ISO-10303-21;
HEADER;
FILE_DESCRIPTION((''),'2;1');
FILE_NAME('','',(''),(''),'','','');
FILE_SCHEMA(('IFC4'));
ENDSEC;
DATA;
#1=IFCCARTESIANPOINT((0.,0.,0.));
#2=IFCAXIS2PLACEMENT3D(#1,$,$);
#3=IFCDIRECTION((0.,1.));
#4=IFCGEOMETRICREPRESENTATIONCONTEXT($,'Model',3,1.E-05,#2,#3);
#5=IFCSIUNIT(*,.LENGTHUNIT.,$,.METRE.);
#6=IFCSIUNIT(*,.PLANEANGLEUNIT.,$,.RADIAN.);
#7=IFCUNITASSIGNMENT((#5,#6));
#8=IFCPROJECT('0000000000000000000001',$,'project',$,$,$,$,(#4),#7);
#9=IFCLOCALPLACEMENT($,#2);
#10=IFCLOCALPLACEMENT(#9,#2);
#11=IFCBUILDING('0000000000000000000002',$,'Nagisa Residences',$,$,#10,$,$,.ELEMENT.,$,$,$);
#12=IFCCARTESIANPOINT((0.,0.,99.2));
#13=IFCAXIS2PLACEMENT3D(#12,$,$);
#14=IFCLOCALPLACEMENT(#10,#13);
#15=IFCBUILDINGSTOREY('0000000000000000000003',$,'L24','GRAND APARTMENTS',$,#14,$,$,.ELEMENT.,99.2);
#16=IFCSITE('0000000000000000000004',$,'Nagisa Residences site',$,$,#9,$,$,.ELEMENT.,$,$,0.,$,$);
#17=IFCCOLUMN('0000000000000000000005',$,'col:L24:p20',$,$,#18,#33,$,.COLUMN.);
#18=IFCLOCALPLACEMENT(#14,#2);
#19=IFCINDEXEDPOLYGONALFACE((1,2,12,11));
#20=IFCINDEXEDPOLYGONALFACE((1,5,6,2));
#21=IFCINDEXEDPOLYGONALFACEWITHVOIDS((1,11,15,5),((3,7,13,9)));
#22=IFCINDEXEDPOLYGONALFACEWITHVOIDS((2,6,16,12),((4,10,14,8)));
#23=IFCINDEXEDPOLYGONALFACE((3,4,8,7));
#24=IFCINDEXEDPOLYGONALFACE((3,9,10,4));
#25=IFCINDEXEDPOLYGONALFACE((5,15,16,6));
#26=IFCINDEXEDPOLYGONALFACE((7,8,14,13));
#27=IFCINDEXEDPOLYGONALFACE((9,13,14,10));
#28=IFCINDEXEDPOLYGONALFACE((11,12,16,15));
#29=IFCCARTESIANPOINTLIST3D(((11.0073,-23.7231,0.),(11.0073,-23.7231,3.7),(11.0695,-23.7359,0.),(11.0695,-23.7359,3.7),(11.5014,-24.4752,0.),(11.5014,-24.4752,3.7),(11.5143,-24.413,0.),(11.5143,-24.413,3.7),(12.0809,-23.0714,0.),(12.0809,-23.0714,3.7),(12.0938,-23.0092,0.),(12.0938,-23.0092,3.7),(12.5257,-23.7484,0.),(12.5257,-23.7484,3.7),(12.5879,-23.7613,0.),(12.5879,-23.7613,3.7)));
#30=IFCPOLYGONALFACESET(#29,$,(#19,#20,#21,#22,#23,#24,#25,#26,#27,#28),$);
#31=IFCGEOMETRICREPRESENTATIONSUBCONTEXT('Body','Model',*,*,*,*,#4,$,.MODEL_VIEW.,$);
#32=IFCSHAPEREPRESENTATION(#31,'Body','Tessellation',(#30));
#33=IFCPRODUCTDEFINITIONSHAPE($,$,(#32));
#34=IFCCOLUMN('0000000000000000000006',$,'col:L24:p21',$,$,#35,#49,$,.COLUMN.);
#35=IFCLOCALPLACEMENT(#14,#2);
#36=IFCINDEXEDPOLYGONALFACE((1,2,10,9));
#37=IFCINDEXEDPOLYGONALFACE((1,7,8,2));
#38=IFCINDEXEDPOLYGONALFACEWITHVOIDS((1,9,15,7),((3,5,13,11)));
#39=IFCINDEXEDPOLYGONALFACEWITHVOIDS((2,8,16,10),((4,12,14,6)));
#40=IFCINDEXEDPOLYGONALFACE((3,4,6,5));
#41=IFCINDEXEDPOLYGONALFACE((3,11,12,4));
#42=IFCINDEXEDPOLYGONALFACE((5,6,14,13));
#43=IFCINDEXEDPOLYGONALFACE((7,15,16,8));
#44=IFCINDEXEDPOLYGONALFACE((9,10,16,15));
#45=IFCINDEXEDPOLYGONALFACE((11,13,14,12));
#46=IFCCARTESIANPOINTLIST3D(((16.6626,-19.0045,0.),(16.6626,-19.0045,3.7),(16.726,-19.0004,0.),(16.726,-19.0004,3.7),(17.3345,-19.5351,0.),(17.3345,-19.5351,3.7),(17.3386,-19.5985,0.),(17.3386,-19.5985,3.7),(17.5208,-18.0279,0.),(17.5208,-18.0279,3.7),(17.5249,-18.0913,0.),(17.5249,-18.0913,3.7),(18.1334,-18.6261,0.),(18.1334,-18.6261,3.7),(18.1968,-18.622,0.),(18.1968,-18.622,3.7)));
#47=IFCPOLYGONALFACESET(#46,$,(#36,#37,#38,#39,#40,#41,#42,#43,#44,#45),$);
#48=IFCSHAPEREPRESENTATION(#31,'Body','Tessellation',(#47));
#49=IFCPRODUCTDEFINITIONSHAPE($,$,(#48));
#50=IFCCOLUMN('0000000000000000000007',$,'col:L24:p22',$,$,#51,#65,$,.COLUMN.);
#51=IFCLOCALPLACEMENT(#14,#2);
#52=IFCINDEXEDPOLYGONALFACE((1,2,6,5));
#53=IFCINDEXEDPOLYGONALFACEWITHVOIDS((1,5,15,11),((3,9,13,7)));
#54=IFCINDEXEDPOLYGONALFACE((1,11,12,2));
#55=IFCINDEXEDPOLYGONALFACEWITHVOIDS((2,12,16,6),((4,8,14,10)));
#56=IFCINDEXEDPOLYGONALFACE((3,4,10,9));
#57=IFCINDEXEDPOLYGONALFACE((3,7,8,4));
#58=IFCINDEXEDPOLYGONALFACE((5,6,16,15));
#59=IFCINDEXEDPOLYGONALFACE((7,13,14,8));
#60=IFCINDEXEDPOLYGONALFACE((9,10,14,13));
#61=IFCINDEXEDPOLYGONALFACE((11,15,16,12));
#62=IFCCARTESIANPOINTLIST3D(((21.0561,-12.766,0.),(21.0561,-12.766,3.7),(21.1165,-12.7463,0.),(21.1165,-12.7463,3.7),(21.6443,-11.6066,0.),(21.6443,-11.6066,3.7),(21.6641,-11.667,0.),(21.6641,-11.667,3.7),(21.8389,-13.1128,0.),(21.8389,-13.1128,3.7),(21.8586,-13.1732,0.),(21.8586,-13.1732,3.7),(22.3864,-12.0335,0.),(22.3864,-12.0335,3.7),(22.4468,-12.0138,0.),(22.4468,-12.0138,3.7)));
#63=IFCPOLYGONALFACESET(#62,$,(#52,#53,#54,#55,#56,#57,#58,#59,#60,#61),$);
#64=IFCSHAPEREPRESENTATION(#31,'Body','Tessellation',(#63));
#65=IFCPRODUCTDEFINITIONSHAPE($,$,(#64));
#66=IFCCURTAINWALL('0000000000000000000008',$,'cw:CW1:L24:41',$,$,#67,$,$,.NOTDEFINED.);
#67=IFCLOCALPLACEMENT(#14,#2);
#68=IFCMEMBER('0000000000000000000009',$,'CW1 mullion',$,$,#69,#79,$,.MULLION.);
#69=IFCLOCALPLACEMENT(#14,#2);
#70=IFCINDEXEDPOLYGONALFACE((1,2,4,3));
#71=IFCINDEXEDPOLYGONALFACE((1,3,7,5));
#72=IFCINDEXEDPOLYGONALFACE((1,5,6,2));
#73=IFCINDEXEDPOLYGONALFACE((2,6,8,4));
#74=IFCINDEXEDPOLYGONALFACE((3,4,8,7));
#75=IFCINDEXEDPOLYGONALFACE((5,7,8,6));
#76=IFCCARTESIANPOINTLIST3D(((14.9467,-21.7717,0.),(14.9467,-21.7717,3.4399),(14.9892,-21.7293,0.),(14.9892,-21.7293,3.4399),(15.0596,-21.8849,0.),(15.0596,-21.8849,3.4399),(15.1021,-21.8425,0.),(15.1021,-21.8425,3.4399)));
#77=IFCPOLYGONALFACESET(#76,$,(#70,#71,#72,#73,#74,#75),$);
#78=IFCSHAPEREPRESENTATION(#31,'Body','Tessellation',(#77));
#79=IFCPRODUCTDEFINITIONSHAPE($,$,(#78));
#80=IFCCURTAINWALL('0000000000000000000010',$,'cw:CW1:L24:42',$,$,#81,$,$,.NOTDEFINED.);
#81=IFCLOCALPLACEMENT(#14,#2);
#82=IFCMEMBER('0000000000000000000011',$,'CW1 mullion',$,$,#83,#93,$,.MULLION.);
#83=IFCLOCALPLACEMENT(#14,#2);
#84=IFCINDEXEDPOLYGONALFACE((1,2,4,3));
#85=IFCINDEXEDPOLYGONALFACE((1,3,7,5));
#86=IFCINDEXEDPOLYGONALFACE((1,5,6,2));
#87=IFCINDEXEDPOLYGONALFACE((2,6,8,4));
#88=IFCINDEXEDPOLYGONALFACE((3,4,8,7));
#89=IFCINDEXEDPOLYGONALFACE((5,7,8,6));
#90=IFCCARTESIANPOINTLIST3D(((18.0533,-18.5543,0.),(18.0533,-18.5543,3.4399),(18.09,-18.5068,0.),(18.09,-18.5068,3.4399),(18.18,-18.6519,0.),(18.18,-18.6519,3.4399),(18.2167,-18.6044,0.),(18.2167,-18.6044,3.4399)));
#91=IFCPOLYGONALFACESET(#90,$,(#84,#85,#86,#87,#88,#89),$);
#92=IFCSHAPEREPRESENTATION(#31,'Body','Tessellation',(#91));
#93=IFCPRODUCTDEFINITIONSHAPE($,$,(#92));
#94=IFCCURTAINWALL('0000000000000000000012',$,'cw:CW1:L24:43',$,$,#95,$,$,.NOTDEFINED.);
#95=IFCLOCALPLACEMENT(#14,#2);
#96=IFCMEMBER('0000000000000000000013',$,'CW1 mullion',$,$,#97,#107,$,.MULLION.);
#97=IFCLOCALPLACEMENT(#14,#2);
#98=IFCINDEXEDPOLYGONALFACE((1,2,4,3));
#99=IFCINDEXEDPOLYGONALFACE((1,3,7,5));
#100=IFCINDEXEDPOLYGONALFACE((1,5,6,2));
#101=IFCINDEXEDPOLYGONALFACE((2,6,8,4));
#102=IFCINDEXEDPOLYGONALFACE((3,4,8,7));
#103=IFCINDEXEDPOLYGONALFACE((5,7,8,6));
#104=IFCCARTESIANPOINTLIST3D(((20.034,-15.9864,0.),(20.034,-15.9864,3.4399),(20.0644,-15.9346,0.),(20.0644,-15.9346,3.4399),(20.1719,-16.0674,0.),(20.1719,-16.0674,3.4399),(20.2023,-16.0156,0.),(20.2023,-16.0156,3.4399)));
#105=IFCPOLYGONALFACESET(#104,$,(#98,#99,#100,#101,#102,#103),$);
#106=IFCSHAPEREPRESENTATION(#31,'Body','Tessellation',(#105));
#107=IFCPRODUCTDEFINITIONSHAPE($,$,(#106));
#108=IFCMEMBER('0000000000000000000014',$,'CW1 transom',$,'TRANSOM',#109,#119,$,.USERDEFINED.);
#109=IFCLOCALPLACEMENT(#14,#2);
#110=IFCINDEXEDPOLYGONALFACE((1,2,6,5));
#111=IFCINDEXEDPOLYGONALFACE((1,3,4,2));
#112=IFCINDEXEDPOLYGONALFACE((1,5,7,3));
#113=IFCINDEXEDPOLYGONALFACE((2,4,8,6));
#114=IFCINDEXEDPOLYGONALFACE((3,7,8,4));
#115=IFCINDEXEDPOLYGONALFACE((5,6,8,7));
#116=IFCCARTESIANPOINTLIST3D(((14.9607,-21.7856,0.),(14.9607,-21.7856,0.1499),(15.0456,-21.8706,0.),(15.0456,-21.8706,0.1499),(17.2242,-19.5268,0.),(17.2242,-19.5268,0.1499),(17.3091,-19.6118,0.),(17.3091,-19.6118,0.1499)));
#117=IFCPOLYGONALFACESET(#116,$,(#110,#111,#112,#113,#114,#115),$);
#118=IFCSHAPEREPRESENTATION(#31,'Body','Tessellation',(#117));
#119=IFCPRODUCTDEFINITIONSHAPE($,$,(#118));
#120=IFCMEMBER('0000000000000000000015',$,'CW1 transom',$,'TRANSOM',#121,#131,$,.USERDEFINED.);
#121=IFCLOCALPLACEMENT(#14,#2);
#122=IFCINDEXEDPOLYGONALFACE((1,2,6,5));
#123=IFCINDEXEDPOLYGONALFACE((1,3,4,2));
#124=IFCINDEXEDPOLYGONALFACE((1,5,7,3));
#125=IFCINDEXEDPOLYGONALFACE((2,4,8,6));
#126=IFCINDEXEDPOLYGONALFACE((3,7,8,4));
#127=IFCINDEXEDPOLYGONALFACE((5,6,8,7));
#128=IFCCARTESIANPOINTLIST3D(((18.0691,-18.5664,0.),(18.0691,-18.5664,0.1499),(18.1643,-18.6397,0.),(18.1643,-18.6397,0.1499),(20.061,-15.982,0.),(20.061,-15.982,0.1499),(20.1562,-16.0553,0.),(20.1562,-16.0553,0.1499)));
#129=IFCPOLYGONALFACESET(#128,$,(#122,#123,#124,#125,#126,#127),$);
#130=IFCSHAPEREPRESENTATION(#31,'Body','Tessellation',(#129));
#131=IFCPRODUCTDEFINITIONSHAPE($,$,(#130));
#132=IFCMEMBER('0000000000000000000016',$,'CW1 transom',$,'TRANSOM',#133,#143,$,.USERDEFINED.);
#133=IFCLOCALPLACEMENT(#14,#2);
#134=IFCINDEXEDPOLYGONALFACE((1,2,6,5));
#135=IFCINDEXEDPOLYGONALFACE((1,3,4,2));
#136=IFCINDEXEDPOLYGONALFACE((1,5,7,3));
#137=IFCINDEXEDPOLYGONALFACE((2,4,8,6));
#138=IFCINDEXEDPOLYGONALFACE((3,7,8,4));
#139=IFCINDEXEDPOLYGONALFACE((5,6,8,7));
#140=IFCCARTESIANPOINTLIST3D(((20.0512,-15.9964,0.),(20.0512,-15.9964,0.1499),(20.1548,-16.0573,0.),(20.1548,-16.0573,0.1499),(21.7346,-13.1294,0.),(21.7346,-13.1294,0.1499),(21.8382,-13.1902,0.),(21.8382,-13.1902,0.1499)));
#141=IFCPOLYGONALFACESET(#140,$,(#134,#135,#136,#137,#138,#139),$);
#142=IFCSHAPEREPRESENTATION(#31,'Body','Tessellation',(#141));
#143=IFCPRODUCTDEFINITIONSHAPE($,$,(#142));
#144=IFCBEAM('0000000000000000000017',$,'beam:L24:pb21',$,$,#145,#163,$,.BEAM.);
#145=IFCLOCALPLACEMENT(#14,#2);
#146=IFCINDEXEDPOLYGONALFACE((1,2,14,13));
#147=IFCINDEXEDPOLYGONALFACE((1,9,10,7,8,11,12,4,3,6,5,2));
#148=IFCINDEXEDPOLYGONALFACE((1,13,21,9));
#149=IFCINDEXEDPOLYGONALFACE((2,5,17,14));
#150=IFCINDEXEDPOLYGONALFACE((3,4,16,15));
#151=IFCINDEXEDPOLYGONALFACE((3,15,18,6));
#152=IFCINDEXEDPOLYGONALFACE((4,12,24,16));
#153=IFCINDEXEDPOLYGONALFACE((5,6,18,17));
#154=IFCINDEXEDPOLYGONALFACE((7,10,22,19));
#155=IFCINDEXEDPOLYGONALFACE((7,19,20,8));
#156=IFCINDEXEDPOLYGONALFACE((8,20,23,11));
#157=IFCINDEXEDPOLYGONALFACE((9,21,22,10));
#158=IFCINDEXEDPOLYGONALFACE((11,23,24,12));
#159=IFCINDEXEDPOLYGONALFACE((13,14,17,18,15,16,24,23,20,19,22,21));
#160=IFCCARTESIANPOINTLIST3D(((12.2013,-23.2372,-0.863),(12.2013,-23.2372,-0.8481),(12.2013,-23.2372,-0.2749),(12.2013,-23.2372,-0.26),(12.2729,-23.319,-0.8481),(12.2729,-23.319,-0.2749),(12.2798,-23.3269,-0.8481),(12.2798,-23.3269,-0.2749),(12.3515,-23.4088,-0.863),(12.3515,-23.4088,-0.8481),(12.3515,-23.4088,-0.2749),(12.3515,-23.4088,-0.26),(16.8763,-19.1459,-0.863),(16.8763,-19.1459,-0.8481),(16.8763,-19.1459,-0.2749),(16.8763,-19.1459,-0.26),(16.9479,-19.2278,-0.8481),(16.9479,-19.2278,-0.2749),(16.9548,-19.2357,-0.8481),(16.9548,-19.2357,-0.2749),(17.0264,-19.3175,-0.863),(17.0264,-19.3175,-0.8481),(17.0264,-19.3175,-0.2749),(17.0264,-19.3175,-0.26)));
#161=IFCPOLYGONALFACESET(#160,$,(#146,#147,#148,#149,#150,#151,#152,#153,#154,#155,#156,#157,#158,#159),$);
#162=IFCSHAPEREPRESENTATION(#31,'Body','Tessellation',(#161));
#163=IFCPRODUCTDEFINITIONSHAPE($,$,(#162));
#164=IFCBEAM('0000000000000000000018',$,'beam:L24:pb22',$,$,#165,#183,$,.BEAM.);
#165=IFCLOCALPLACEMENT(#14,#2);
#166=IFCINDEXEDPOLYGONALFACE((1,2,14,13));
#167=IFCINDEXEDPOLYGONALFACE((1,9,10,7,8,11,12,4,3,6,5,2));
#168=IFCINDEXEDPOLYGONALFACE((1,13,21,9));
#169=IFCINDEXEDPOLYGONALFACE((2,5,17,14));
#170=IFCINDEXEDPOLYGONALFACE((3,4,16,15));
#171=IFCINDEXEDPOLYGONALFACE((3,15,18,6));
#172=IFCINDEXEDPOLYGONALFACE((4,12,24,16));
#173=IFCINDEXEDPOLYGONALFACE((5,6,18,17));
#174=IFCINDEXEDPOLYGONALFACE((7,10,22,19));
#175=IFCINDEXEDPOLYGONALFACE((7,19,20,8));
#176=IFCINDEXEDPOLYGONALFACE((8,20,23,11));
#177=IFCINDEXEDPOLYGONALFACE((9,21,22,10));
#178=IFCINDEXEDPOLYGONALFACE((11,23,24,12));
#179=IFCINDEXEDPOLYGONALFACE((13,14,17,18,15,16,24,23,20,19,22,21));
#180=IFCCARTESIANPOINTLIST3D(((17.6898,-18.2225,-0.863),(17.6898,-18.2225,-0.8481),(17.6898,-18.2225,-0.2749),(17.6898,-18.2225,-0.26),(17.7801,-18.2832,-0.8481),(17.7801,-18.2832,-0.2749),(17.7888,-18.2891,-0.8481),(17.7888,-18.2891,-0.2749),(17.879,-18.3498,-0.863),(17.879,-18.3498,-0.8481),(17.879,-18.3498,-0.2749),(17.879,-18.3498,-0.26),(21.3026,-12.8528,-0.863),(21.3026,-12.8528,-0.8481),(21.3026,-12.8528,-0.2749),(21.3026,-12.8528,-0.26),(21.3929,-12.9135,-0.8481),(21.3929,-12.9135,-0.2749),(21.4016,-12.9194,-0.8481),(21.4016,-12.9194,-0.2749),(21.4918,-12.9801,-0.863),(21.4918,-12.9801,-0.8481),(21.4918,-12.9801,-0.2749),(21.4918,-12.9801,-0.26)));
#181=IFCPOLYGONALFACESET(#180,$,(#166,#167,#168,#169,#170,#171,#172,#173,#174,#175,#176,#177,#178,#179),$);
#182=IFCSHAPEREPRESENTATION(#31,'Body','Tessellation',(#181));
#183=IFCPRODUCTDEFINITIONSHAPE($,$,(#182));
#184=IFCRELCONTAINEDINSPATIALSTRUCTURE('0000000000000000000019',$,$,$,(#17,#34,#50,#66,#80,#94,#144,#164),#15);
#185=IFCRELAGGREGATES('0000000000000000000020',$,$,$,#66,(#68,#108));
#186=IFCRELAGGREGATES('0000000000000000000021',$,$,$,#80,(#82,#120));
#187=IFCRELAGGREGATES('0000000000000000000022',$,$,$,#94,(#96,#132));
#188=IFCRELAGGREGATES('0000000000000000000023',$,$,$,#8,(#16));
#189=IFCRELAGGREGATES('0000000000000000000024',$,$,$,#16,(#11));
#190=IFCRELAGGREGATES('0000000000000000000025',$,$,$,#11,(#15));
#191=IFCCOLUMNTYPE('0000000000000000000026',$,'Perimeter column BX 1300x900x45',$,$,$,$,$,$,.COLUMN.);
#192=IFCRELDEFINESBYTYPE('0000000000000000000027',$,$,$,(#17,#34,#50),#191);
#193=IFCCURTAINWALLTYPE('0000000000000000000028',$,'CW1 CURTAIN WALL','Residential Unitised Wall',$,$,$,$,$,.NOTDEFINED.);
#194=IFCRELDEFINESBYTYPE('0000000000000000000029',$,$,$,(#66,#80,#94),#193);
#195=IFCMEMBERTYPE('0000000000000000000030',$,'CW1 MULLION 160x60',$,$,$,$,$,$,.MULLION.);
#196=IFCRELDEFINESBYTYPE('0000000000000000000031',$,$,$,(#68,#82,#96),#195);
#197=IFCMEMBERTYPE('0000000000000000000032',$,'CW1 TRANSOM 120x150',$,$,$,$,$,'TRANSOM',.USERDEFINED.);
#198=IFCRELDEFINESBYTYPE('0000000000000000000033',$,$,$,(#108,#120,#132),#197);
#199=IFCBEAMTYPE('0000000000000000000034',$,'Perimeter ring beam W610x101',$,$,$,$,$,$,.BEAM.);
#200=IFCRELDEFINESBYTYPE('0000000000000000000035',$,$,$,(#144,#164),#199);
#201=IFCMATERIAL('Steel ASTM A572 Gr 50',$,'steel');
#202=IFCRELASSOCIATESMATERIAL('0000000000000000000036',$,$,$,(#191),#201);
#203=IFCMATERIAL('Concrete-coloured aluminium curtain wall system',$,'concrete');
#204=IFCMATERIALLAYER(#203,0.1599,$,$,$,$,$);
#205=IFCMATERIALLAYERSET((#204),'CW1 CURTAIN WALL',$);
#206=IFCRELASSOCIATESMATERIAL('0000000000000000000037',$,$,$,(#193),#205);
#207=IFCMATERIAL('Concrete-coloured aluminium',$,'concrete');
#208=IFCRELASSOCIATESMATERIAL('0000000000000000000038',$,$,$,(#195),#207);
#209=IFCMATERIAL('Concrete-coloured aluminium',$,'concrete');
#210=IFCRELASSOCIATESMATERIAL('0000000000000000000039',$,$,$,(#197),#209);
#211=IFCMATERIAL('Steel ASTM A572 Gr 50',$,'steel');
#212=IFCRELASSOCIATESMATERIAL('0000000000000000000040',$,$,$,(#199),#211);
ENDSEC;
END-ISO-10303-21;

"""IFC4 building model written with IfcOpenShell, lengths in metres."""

from ifc_helpers import new_model, si_unit, direction, frame, origin, origin_2d, place, context, subcontext, project, spatial, rectangle, hollow_rectangle, i_section, extrude, material, layer, layer_set, material_profile, profile_set, type_object, element, aggregate, save


model = new_model("IFC4")

# Units and contexts
model_context = context("Model", 3, precision=1e-05, world=origin(), true_north=direction((0.0, 1.0)))
body_context = subcontext(model_context, "Body", "Model", "MODEL_VIEW")
ifc_project = project(units=[si_unit("LENGTHUNIT", "METRE"), si_unit("PLANEANGLEUNIT", "RADIAN")], contexts=[model_context])

# Site, building, storey
site_placement = place(None, origin())
site = spatial("IfcSite", under=ifc_project, at=site_placement, Name="Nagisa Residences site", CompositionType="ELEMENT", RefElevation=0.0)
building_placement = place(site_placement, origin())
building = spatial("IfcBuilding", under=site, at=building_placement, Name="Nagisa Residences", CompositionType="ELEMENT")
storey_placement = place(building_placement, frame((0.0, 0.0, 99.2)))
storey = spatial("IfcBuildingStorey", under=building, at=storey_placement, Name="L24", Description="GRAND APARTMENTS", CompositionType="ELEMENT", Elevation=99.2)

# Columns
ifc_material_1 = material(Name="Steel ASTM A572 Gr 50", Category="steel")
ifc_material_profile_1 = material_profile(ifc_material_1, hollow_rectangle(XDim=1.3, YDim=0.8999, WallThickness=0.0449, at=origin_2d()), Name="BX 1300x900x45")
ifc_profile_set_1 = profile_set([ifc_material_profile_1], Name="Steel ASTM A572 Gr 50")
column_type = type_object("IfcColumnType", Name="Perimeter column BX 1300x900x45", PredefinedType="COLUMN", material=ifc_profile_set_1)
for number, where, z_axis, x_axis, name in (
    (1, (11.7976, -23.7422, 0.0), (0.0, 0.0, 1.0), (0.835766, 0.549086, 0.0), "col:L24:p20"),
    (2, (17.4297, -18.8132, 0.0), (0.0, 0.0, 1.0), (0.660115, 0.751165, 0.0), "col:L24:p21"),
    (3, (21.7515, -12.3899, 0.0), (0.0, 0.0, 1.0), (0.452463, 0.891783, 0.0), "col:L24:p22"),
):
    element("IfcColumn", number, at=place(storey_placement, frame(where, z_axis=z_axis, x_axis=x_axis)), inside=storey, type_object=column_type, Name=name, PredefinedType="COLUMN", context=body_context, shape_type="SweptSolid", body=[
        extrude(hollow_rectangle(XDim=1.3, YDim=0.8999, WallThickness=0.0449, at=origin_2d()), origin(), (0.0, 0.0, 1.0), 3.7),
    ])

# Curtain walls, members
ifc_material_2 = material(Name="Concrete-coloured aluminium curtain wall system", Category="concrete")
ifc_layer_1 = layer(ifc_material_2, 0.1599)
ifc_layer_set_1 = layer_set([ifc_layer_1], Name="CW1 CURTAIN WALL")
curtain_wall_type = type_object("IfcCurtainWallType", Name="CW1 CURTAIN WALL", Description="Residential Unitised Wall", PredefinedType="NOTDEFINED", material=ifc_layer_set_1)
curtain_wall_1_placement = place(storey_placement, origin())
curtain_wall_1 = element("IfcCurtainWall", 4, at=curtain_wall_1_placement, inside=storey, type_object=curtain_wall_type, Name="cw:CW1:L24:41", PredefinedType="NOTDEFINED")
ifc_material_3 = material(Name="Concrete-coloured aluminium", Category="concrete")
ifc_material_profile_2 = material_profile(ifc_material_3, rectangle(XDim=0.1599, YDim=0.0601, at=origin_2d()), Name="CW1 MULLION 160x60")
ifc_profile_set_2 = profile_set([ifc_material_profile_2], Name="Concrete-coloured aluminium")
member_type_1 = type_object("IfcMemberType", Name="CW1 MULLION 160x60", PredefinedType="MULLION", material=ifc_profile_set_2)
member_1_placement = place(storey_placement, frame((15.0244, -21.8071, 0.0), z_axis=(0.0, 0.0, 1.0), x_axis=(-0.706377, 0.707836, 0.0)))
member_1 = element("IfcMember", 5, at=member_1_placement, type_object=member_type_1, Name="CW1 mullion", PredefinedType="MULLION", context=body_context, shape_type="SweptSolid", body=[
    extrude(rectangle(XDim=0.1599, YDim=0.0601, at=origin_2d()), origin(), (0.0, 0.0, 1.0), 3.4399),
])
curtain_wall_2_placement = place(storey_placement, origin())
curtain_wall_2 = element("IfcCurtainWall", 6, at=curtain_wall_2_placement, inside=storey, type_object=curtain_wall_type, Name="cw:CW1:L24:42", PredefinedType="NOTDEFINED")
member_2_placement = place(storey_placement, frame((18.135, -18.5793, 0.0), z_axis=(0.0, 0.0, 1.0), x_axis=(-0.79207, 0.61043, 0.0)))
member_2 = element("IfcMember", 7, at=member_2_placement, type_object=member_type_1, Name="CW1 mullion", PredefinedType="MULLION", context=body_context, shape_type="SweptSolid", body=[
    extrude(rectangle(XDim=0.1599, YDim=0.0601, at=origin_2d()), origin(), (0.0, 0.0, 1.0), 3.4399),
])
curtain_wall_3_placement = place(storey_placement, origin())
curtain_wall_3 = element("IfcCurtainWall", 8, at=curtain_wall_3_placement, inside=storey, type_object=curtain_wall_type, Name="cw:CW1:L24:43", PredefinedType="NOTDEFINED")
member_3_placement = place(storey_placement, frame((20.1182, -16.001, 0.0), z_axis=(0.0, 0.0, 1.0), x_axis=(-0.862329, 0.506349, 0.0)))
member_3 = element("IfcMember", 9, at=member_3_placement, type_object=member_type_1, Name="CW1 mullion", PredefinedType="MULLION", context=body_context, shape_type="SweptSolid", body=[
    extrude(rectangle(XDim=0.1599, YDim=0.0601, at=origin_2d()), origin(), (0.0, 0.0, 1.0), 3.4399),
])

# Members
ifc_material_4 = material(Name="Concrete-coloured aluminium", Category="concrete")
ifc_material_profile_3 = material_profile(ifc_material_4, rectangle(XDim=0.1201, YDim=0.1499, at=origin_2d()), Name="CW1 TRANSOM 120x150")
ifc_profile_set_3 = profile_set([ifc_material_profile_3], Name="Concrete-coloured aluminium")
member_type_2 = type_object("IfcMemberType", Name="CW1 TRANSOM 120x150", ElementType="TRANSOM", PredefinedType="USERDEFINED", material=ifc_profile_set_3)
member_4_placement = place(storey_placement, frame((15.0032, -21.8281, 0.075), z_axis=(0.707832, 0.706381, 0.0), x_axis=(-0.706381, 0.707832, 0.0)))
member_4 = element("IfcMember", 10, at=member_4_placement, type_object=member_type_2, Name="CW1 transom", ObjectType="TRANSOM", PredefinedType="USERDEFINED", context=body_context, shape_type="SweptSolid", body=[
    extrude(rectangle(XDim=0.1201, YDim=0.1499, at=origin_2d()), origin(), (0.0, 0.0, 1.0), 3.1978),
])
member_5_placement = place(storey_placement, frame((18.1167, -18.603, 0.075), z_axis=(0.610459, 0.792048, 0.0), x_axis=(-0.792048, 0.610459, 0.0)))
member_5 = element("IfcMember", 11, at=member_5_placement, type_object=member_type_2, Name="CW1 transom", ObjectType="TRANSOM", PredefinedType="USERDEFINED", context=body_context, shape_type="SweptSolid", body=[
    extrude(rectangle(XDim=0.1201, YDim=0.1499, at=origin_2d()), origin(), (0.0, 0.0, 1.0), 3.2629),
])
member_6_placement = place(storey_placement, frame((20.103, -16.0269, 0.075), z_axis=(0.50633, 0.86234, 0.0), x_axis=(-0.86234, 0.50633, 0.0)))
member_6 = element("IfcMember", 12, at=member_6_placement, type_object=member_type_2, Name="CW1 transom", ObjectType="TRANSOM", PredefinedType="USERDEFINED", context=body_context, shape_type="SweptSolid", body=[
    extrude(rectangle(XDim=0.1201, YDim=0.1499, at=origin_2d()), origin(), (0.0, 0.0, 1.0), 3.3247),
])

# Beams
ifc_material_5 = material(Name="Steel ASTM A572 Gr 50", Category="steel")
ifc_material_profile_4 = material_profile(ifc_material_5, i_section(OverallWidth=0.228, OverallDepth=0.603, WebThickness=0.0105, FlangeThickness=0.0149, at=origin_2d()), Name="W610x101")
ifc_profile_set_4 = profile_set([ifc_material_profile_4], Name="Steel ASTM A572 Gr 50")
beam_type_1 = type_object("IfcBeamType", Name="Perimeter ring beam W610x101", PredefinedType="BEAM", material=ifc_profile_set_4)
beam_1_placement = place(storey_placement, frame((12.2764, -23.323, -0.5615), z_axis=(0.752526, 0.658563, 0.0), x_axis=(-0.658563, 0.752526, 0.0)))
element("IfcBeam", 13, at=beam_1_placement, inside=storey, type_object=beam_type_1, Name="beam:L24:pb21", PredefinedType="BEAM", context=body_context, shape_type="SweptSolid", body=[
    extrude(i_section(OverallWidth=0.228, OverallDepth=0.603, WebThickness=0.0105, FlangeThickness=0.0149, at=origin_2d()), origin(), (0.0, 0.0, 1.0), 6.2124),
])
beam_2_placement = place(storey_placement, frame((17.7844, -18.2861, -0.5615), z_axis=(0.55823, 0.829687, 0.0), x_axis=(-0.829687, 0.55823, 0.0)))
element("IfcBeam", 14, at=beam_2_placement, inside=storey, type_object=beam_type_1, Name="beam:L24:pb22", PredefinedType="BEAM", context=body_context, shape_type="SweptSolid", body=[
    extrude(i_section(OverallWidth=0.228, OverallDepth=0.603, WebThickness=0.0105, FlangeThickness=0.0149, at=origin_2d()), origin(), (0.0, 0.0, 1.0), 6.4719),
])

aggregate(curtain_wall_1, [member_1, member_4])
aggregate(curtain_wall_2, [member_2, member_5])
aggregate(curtain_wall_3, [member_3, member_6])

save(model, "model.ifc")
